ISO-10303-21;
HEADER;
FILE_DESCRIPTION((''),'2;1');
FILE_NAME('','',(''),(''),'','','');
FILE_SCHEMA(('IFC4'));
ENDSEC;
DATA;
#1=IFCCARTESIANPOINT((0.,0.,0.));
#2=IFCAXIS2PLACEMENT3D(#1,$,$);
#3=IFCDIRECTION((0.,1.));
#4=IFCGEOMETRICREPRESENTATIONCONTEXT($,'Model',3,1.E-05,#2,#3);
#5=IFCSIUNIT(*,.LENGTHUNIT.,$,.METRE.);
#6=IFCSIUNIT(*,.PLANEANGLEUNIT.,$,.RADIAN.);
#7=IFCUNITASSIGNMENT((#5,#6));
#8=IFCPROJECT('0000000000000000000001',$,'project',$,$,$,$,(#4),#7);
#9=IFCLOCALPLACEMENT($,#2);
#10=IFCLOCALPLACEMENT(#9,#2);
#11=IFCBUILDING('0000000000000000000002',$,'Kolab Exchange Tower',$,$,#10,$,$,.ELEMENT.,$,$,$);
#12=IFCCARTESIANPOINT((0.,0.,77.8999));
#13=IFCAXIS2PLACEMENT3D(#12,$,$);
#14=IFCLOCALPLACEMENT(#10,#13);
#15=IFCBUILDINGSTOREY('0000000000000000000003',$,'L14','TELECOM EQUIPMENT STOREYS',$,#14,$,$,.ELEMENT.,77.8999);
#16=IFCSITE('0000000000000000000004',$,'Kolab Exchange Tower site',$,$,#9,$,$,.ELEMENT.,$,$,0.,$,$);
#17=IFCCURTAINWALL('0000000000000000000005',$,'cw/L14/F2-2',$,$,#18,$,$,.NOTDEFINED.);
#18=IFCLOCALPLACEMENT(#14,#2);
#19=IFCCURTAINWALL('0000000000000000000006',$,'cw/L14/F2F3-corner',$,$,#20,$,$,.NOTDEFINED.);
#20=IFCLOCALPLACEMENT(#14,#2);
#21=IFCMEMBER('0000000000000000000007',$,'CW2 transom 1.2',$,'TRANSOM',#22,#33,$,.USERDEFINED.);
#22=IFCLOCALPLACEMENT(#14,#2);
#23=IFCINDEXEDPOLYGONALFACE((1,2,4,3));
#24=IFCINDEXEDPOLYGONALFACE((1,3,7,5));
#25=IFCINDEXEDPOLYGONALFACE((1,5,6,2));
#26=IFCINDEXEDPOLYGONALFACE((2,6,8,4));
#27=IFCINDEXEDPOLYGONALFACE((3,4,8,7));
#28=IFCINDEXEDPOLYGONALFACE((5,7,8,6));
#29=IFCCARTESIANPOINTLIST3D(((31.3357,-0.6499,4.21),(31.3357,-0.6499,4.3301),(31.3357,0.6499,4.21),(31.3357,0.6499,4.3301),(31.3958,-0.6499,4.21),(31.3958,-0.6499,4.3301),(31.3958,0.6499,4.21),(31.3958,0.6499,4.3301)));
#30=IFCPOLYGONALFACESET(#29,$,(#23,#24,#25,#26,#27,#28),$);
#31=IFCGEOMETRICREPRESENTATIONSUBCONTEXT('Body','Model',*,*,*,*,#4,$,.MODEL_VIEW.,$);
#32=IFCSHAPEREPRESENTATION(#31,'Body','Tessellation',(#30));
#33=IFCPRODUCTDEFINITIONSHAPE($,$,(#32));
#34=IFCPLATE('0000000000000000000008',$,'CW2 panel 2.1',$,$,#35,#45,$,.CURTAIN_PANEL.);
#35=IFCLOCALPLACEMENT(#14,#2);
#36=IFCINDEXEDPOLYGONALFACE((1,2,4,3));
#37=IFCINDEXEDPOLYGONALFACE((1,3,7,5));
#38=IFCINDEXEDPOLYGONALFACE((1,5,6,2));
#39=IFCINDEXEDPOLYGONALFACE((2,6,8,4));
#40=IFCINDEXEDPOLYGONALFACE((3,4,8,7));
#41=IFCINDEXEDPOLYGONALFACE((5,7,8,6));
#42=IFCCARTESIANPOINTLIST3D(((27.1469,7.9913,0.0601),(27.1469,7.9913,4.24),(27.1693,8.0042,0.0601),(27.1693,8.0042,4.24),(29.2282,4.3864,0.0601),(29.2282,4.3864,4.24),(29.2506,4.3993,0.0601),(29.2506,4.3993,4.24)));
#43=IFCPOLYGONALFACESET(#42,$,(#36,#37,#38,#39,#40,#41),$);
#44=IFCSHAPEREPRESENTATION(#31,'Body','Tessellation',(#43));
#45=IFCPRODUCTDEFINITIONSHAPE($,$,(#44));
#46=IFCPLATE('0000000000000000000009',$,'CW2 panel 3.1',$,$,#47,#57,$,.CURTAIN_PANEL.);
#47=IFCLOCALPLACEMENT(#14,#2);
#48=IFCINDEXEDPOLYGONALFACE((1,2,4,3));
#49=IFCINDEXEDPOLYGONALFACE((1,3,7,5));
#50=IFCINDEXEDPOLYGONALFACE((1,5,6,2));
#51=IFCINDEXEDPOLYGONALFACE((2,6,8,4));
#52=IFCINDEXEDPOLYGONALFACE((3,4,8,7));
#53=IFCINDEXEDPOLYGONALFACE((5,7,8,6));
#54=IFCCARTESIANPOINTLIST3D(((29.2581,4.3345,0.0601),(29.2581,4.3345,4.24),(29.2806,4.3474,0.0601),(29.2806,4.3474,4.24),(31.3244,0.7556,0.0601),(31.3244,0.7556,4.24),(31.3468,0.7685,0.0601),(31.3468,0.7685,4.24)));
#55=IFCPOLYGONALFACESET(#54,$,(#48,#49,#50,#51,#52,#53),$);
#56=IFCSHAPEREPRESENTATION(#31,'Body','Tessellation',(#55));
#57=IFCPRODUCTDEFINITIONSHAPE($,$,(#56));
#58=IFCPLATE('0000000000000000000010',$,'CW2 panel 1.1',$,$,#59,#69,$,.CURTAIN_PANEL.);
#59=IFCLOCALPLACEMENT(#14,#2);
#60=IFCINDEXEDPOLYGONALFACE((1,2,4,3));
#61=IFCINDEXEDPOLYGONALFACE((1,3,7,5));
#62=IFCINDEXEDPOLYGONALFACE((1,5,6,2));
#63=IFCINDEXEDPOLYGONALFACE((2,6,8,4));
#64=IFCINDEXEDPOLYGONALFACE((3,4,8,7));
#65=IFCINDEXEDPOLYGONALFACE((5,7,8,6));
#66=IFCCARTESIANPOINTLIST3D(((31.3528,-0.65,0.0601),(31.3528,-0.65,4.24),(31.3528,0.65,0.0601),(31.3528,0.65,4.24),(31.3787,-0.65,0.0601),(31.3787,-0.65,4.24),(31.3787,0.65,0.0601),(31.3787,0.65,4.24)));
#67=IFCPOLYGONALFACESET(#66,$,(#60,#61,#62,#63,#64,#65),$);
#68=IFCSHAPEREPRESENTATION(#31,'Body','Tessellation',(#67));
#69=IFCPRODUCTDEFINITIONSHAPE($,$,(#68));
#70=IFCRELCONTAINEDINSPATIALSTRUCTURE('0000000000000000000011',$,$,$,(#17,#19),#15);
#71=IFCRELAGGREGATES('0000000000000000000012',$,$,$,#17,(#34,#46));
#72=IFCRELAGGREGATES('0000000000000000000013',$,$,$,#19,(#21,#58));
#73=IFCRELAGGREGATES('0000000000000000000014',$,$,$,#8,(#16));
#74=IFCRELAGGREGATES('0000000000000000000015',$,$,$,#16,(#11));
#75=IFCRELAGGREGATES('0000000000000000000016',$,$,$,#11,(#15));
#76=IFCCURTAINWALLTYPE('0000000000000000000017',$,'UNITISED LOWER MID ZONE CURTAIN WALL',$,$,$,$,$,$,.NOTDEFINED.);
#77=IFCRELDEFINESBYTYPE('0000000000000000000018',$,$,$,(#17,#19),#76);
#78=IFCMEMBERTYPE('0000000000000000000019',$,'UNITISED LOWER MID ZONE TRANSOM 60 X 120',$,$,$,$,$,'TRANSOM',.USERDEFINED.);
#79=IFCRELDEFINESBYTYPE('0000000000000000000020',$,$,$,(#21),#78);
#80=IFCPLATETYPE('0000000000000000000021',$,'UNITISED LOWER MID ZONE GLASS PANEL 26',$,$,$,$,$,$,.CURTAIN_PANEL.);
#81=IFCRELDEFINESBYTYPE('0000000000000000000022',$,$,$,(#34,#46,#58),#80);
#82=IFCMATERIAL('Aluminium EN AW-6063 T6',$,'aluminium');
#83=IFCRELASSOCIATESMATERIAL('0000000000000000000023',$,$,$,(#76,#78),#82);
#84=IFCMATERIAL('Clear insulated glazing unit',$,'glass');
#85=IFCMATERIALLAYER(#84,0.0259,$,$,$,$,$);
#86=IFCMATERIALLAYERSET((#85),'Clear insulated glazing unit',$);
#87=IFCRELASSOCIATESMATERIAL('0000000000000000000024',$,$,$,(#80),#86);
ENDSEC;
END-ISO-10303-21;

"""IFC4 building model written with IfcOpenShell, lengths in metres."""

from ifc_helpers import new_model, si_unit, direction, frame, origin, origin_2d, place, context, subcontext, project, spatial, rectangle, extrude, material, layer, layer_set, material_profile, profile_set, type_object, element, aggregate, save


model = new_model("IFC4")

# Units and contexts
model_context = context("Model", 3, precision=1e-05, world=origin(), true_north=direction((0.0, 1.0)))
body_context = subcontext(model_context, "Body", "Model", "MODEL_VIEW")
ifc_project = project(units=[si_unit("LENGTHUNIT", "METRE"), si_unit("PLANEANGLEUNIT", "RADIAN")], contexts=[model_context])

# Site, building, storey
site_placement = place(None, origin())
site = spatial("IfcSite", under=ifc_project, at=site_placement, Name="Kolab Exchange Tower site", CompositionType="ELEMENT", RefElevation=0.0)
building_placement = place(site_placement, origin())
building = spatial("IfcBuilding", under=site, at=building_placement, Name="Kolab Exchange Tower", CompositionType="ELEMENT")
storey_placement = place(building_placement, frame((0.0, 0.0, 77.8999)))
storey = spatial("IfcBuildingStorey", under=building, at=storey_placement, Name="L14", Description="TELECOM EQUIPMENT STOREYS", CompositionType="ELEMENT", Elevation=77.8999)

# Curtain wall
ifc_material_1 = material(Name="Aluminium EN AW-6063 T6", Category="aluminium")
curtain_wall_type = type_object("IfcCurtainWallType", Name="UNITISED LOWER MID ZONE CURTAIN WALL", PredefinedType="NOTDEFINED", material=ifc_material_1)
curtain_wall_1_placement = place(storey_placement, origin())
curtain_wall_1 = element("IfcCurtainWall", 1, at=curtain_wall_1_placement, inside=storey, type_object=curtain_wall_type, Name="cw/L14/F2-2", PredefinedType="NOTDEFINED")

# Curtain wall
curtain_wall_2_placement = place(storey_placement, origin())
curtain_wall_2 = element("IfcCurtainWall", 2, at=curtain_wall_2_placement, inside=storey, type_object=curtain_wall_type, Name="cw/L14/F2F3-corner", PredefinedType="NOTDEFINED")

# Member
ifc_material_profile_1 = material_profile(ifc_material_1, rectangle(XDim=0.0601, YDim=0.1201, at=origin_2d()), Name="RECT 60X120")
ifc_profile_set_1 = profile_set([ifc_material_profile_1], Name="Aluminium EN AW-6063 T6")
member_type_1 = type_object("IfcMemberType", Name="UNITISED LOWER MID ZONE TRANSOM 60 X 120", ElementType="TRANSOM", PredefinedType="USERDEFINED", material=ifc_profile_set_1)
member_1_placement = place(storey_placement, frame((31.3657, 0.6499, 4.27), z_axis=(0.0, -1.0, 0.0), x_axis=(1.0, 0.0, 0.0)))
member_1 = element("IfcMember", 3, at=member_1_placement, type_object=member_type_1, Name="CW2 transom 1.2", ObjectType="TRANSOM", PredefinedType="USERDEFINED", context=body_context, shape_type="SweptSolid", body=[
    extrude(rectangle(XDim=0.0601, YDim=0.1201, at=origin_2d()), origin(), (0.0, 0.0, 1.0), 1.2998),
])

# Plates
ifc_material_2 = material(Name="Clear insulated glazing unit", Category="glass")
ifc_layer = layer(ifc_material_2, 0.0259)
ifc_layer_set = layer_set([ifc_layer], Name="Clear insulated glazing unit")
plate_type = type_object("IfcPlateType", Name="UNITISED LOWER MID ZONE GLASS PANEL 26", PredefinedType="CURTAIN_PANEL", material=ifc_layer_set)
plate_1_placement = place(storey_placement, frame((28.1987, 6.1953, 0.0601), z_axis=(0.0, 0.0, 1.0), x_axis=(0.5, -0.866025, 0.0)))
plate_1 = element("IfcPlate", 4, at=plate_1_placement, type_object=plate_type, Name="CW2 panel 2.1", PredefinedType="CURTAIN_PANEL", context=body_context, shape_type="SweptSolid", body=[
    extrude(rectangle(XDim=4.1626, YDim=0.0259, at=origin_2d()), origin(), (0.0, 0.0, 1.0), 4.1799),
])
plate_2_placement = place(storey_placement, frame((30.3025, 2.5515, 0.0601), z_axis=(0.0, 0.0, 1.0), x_axis=(0.5, -0.866025, 0.0)))
plate_2 = element("IfcPlate", 5, at=plate_2_placement, type_object=plate_type, Name="CW2 panel 3.1", PredefinedType="CURTAIN_PANEL", context=body_context, shape_type="SweptSolid", body=[
    extrude(rectangle(XDim=4.1326, YDim=0.0259, at=origin_2d()), origin(), (0.0, 0.0, 1.0), 4.1799),
])
aggregate(curtain_wall_1, [plate_1, plate_2])
plate_3_placement = place(storey_placement, frame((31.3657, 0.0, 0.0601), z_axis=(0.0, 0.0, 1.0), x_axis=(0.0, -1.0, 0.0)))
plate_3 = element("IfcPlate", 6, at=plate_3_placement, type_object=plate_type, Name="CW2 panel 1.1", PredefinedType="CURTAIN_PANEL", context=body_context, shape_type="SweptSolid", body=[
    extrude(rectangle(XDim=1.3, YDim=0.0259, at=origin_2d()), origin(), (0.0, 0.0, 1.0), 4.1799),
])
aggregate(curtain_wall_2, [member_1, plate_3])

save(model, "model.ifc")
